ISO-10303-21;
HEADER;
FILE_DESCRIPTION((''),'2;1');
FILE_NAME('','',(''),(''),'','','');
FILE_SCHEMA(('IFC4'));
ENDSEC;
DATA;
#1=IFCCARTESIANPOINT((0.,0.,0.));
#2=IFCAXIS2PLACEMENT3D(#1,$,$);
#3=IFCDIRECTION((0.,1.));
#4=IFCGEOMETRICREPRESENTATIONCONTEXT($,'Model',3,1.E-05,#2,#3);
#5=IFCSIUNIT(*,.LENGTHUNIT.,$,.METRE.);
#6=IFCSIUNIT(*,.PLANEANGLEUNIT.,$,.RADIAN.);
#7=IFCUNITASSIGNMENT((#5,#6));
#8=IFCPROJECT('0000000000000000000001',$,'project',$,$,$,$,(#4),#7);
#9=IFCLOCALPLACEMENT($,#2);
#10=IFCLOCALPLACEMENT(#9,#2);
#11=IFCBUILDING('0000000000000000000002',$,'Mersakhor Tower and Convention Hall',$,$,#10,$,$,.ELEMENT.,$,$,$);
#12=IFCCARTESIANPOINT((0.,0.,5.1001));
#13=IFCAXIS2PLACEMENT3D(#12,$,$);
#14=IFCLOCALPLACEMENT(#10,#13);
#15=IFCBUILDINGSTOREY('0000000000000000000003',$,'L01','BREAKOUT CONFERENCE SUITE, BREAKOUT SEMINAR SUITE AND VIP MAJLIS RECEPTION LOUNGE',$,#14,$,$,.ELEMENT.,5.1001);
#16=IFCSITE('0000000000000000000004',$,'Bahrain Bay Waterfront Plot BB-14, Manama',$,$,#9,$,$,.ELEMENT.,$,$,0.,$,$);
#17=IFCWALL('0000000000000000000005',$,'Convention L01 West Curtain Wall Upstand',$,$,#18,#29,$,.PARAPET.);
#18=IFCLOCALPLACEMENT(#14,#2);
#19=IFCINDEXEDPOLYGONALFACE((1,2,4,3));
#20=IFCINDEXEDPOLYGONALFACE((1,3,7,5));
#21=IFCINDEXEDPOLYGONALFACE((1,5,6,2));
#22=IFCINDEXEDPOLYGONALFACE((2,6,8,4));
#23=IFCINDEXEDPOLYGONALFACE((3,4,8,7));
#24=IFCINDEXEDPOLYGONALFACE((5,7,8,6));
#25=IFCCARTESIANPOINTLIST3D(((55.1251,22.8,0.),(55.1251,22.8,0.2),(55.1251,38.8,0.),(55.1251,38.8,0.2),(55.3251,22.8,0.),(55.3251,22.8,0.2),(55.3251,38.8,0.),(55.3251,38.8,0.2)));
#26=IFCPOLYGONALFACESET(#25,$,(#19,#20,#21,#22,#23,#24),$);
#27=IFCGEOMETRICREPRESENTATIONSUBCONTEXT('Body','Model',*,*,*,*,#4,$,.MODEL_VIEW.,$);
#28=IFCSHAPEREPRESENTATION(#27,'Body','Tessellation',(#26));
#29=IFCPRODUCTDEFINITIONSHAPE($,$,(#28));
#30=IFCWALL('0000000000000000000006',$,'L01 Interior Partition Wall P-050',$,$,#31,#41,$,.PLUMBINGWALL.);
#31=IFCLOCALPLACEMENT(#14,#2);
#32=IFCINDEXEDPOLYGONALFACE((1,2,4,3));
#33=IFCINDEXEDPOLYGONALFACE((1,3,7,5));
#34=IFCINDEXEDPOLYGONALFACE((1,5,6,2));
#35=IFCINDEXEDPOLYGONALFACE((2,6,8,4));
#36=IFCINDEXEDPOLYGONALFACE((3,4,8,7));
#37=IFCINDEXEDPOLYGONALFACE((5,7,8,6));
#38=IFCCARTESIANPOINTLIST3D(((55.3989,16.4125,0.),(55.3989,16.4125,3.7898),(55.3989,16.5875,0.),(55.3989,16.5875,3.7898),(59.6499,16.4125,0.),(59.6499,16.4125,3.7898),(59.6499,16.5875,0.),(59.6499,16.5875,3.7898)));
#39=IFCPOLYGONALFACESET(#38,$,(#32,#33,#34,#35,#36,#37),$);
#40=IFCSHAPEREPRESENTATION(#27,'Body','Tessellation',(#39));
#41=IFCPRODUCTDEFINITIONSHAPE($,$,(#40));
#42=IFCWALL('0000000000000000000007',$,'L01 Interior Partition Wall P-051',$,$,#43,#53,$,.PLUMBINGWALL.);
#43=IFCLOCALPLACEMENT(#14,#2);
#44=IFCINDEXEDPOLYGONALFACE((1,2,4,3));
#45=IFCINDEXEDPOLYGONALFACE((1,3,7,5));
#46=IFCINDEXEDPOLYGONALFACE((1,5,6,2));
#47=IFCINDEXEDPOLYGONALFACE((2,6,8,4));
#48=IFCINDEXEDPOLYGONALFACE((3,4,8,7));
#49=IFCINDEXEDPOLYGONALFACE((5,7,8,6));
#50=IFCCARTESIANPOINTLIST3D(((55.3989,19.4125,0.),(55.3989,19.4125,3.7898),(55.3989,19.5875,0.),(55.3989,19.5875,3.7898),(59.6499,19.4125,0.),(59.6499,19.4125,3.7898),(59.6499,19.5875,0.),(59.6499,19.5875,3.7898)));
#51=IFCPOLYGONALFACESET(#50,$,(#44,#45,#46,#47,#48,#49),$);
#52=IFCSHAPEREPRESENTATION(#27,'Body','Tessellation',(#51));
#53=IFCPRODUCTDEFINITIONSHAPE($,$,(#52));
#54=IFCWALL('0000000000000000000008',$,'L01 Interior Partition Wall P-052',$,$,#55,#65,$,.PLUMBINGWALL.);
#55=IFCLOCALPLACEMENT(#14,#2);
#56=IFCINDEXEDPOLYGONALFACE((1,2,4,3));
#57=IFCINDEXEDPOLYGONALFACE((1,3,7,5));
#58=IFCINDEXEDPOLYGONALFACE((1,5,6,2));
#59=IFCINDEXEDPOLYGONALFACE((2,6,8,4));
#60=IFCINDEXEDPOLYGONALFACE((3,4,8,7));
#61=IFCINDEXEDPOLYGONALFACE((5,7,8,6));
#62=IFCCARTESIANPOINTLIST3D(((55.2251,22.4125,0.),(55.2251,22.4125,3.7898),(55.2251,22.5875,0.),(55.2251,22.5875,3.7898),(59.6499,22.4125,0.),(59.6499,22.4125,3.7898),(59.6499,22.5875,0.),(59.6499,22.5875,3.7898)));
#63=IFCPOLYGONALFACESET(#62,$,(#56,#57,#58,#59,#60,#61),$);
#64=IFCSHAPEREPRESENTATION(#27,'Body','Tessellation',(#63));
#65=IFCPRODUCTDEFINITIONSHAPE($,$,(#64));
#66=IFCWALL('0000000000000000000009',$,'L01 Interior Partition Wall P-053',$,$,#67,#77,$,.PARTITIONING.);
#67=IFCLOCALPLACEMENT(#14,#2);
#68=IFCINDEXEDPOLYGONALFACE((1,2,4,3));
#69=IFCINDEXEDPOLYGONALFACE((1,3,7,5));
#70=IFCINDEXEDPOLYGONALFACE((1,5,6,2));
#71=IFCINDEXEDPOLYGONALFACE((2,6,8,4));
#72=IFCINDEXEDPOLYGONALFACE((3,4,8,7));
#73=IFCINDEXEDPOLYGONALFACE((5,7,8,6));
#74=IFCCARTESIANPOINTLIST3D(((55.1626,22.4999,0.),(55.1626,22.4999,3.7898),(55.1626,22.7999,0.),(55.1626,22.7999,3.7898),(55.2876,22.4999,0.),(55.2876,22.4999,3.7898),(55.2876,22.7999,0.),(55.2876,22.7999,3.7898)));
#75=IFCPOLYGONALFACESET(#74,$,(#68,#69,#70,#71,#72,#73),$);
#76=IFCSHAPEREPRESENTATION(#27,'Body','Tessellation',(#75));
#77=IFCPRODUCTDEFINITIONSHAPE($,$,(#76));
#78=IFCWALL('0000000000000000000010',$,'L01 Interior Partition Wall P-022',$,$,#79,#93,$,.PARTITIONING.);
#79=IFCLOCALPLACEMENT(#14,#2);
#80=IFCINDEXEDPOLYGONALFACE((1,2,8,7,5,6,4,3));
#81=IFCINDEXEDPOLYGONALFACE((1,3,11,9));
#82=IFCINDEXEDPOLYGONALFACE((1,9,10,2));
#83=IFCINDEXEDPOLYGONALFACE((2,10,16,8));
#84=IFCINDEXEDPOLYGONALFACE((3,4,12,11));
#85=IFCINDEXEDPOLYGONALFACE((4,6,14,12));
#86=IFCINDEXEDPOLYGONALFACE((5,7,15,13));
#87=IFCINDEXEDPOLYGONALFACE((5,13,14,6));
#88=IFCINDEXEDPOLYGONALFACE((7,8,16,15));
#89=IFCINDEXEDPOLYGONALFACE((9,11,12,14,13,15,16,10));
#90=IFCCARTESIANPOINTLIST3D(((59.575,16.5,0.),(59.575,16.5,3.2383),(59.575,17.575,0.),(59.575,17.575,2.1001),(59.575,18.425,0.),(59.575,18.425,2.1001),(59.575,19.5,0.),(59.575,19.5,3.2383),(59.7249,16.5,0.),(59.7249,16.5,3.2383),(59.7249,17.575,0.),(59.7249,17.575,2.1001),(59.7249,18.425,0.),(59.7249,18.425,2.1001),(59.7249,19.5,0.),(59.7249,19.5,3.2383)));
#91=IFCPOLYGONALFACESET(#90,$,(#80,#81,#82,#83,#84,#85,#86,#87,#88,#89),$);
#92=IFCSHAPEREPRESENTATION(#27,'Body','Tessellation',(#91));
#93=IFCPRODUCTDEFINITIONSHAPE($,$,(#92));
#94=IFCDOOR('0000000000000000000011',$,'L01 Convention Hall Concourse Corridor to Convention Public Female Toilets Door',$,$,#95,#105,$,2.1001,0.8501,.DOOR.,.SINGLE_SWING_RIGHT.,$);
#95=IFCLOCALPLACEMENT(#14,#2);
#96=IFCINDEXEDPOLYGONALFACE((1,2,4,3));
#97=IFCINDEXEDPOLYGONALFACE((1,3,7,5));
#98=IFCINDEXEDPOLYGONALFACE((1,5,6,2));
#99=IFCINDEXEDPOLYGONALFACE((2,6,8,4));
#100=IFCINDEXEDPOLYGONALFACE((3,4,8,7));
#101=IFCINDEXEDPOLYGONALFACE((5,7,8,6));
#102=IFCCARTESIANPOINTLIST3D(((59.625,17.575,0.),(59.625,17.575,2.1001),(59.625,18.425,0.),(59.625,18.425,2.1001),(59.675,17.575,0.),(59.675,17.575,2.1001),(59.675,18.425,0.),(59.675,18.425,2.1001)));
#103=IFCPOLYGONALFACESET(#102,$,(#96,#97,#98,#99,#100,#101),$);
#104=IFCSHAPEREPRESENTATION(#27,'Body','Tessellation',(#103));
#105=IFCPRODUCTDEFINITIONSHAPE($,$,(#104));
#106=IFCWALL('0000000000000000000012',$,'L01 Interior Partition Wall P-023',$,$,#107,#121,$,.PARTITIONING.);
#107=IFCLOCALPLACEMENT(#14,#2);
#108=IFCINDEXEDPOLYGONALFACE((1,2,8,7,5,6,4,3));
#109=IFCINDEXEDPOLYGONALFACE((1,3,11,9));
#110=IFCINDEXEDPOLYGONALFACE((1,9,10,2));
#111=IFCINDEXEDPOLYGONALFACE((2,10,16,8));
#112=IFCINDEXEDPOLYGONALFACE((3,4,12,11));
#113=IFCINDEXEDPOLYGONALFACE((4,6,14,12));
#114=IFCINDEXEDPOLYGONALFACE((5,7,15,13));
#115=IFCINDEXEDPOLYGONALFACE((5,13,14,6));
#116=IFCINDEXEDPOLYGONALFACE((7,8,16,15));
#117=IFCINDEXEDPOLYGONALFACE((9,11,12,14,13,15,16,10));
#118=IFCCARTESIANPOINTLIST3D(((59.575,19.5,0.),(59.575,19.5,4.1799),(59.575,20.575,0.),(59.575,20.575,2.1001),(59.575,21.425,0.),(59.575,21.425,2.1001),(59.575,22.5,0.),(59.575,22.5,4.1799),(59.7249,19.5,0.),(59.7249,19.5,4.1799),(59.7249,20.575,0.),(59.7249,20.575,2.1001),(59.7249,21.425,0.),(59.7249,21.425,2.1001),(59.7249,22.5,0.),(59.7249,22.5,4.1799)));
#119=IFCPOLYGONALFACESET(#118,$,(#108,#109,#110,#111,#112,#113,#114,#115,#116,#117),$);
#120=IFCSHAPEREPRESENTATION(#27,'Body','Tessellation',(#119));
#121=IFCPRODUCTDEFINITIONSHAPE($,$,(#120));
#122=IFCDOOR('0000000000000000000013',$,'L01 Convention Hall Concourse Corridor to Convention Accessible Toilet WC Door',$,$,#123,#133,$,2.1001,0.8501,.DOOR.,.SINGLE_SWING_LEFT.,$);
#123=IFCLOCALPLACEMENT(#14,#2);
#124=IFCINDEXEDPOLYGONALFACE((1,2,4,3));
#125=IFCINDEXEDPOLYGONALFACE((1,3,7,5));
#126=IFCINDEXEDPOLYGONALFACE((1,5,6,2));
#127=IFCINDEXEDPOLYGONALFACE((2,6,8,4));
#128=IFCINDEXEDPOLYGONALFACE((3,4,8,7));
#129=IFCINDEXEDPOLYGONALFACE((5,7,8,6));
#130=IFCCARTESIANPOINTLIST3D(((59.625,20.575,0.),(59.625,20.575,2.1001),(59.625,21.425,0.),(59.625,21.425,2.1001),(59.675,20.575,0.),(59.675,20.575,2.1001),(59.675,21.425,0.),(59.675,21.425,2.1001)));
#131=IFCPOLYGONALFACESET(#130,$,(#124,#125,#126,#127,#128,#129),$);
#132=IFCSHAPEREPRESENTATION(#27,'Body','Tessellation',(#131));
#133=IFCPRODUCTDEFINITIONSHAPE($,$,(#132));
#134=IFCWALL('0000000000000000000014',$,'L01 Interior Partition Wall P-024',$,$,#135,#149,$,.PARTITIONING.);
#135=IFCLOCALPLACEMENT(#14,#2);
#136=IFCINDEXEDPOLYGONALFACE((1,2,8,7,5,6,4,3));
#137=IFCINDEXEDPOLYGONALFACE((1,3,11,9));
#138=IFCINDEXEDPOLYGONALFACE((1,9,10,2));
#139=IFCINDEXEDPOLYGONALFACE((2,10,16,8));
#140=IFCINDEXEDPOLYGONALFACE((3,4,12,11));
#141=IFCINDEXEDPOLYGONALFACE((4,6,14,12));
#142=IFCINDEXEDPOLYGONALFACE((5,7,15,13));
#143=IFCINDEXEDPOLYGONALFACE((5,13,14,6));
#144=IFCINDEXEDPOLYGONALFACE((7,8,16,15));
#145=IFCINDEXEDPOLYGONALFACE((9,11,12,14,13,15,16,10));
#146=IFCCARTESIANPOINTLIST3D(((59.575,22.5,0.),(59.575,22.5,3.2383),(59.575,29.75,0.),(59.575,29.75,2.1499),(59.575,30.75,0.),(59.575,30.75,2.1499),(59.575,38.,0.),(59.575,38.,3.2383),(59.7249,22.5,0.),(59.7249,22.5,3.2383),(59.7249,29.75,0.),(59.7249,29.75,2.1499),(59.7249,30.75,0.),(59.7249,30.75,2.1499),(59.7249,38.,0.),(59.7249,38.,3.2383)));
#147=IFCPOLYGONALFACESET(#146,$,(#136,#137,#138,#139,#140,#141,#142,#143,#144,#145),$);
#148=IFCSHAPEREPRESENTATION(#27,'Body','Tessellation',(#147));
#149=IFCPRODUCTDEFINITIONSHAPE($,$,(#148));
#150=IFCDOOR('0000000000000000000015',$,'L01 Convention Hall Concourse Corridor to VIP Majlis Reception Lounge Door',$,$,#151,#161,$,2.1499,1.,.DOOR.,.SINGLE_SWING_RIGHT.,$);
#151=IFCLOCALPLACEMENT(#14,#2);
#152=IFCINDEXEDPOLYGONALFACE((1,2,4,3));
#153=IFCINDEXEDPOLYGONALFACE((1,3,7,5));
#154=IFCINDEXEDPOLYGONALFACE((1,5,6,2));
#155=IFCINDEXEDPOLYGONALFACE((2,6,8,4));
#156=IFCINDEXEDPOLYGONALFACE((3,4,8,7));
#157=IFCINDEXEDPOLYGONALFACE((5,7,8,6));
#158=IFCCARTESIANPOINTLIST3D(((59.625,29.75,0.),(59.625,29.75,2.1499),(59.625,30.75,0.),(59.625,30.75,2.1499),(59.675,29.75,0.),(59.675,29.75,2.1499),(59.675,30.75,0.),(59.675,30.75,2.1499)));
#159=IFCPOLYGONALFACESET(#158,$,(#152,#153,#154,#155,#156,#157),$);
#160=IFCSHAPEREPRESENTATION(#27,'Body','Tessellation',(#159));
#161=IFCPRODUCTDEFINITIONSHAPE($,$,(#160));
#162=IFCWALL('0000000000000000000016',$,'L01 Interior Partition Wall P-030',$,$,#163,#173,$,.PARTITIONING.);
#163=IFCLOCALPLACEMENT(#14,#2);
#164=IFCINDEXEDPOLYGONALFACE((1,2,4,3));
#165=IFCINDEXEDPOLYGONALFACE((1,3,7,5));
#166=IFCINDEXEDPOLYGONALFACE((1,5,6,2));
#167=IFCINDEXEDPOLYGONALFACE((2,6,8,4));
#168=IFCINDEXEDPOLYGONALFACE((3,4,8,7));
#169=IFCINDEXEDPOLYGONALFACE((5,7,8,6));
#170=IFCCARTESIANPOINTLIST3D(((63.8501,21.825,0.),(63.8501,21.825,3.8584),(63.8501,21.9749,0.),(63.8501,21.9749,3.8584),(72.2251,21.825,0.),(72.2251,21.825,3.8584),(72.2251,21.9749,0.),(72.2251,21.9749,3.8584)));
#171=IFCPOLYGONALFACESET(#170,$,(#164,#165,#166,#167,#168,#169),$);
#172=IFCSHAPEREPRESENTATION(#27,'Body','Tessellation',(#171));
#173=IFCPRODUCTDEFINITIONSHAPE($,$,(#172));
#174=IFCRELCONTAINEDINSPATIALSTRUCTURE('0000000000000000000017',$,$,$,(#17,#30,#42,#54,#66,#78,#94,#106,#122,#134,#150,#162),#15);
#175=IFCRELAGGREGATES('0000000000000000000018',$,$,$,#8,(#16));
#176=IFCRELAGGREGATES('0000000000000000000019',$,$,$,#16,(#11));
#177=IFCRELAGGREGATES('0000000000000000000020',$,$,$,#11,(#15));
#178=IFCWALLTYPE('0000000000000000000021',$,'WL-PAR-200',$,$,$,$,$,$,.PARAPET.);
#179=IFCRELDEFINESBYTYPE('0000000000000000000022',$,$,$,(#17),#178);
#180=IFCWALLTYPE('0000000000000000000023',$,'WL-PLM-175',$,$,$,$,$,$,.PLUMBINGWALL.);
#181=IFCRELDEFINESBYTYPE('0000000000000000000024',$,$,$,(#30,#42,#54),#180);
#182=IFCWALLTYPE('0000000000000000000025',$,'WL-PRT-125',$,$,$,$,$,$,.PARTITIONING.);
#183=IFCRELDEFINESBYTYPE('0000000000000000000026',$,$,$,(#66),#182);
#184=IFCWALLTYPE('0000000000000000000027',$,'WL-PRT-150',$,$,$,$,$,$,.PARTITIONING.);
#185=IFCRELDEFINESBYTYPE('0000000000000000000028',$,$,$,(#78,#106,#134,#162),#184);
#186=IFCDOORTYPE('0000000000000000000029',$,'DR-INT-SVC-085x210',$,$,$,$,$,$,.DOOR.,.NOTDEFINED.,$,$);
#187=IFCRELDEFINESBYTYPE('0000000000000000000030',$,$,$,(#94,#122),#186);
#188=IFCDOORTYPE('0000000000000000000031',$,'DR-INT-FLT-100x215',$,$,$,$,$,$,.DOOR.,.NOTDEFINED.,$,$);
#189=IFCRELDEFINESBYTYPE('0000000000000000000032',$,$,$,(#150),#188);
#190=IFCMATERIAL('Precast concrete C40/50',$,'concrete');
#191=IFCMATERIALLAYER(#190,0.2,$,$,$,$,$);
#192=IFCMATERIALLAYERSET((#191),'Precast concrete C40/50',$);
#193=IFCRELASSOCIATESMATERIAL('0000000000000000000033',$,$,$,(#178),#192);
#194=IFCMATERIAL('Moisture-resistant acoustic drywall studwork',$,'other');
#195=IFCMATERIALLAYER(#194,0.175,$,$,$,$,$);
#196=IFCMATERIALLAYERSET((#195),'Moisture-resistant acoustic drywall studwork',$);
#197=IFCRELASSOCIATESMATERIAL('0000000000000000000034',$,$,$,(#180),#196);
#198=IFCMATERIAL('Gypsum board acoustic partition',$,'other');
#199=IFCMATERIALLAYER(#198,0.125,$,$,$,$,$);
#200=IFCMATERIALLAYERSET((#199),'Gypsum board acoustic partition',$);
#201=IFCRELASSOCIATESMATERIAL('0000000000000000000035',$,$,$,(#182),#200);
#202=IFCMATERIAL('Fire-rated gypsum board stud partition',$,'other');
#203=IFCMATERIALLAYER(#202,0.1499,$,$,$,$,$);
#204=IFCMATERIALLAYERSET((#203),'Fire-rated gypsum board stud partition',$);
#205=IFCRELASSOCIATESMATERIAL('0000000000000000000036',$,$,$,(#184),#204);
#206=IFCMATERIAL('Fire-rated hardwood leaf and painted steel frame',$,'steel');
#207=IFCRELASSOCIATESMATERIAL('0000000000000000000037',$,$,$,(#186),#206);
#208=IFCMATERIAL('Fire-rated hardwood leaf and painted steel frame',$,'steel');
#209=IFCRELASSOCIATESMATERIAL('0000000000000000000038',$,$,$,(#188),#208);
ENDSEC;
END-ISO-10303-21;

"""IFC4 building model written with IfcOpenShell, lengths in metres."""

from ifc_helpers import new_model, si_unit, direction, frame, frame_2d, origin, place, context, subcontext, project, spatial, rectangle, extrude, material, layer, layer_set, type_object, element, fill, save


model = new_model("IFC4")

# Units and contexts
model_context = context("Model", 3, precision=1e-05, world=origin(), true_north=direction((0.0, 1.0)))
body_context = subcontext(model_context, "Body", "Model", "MODEL_VIEW")
ifc_project = project(units=[si_unit("LENGTHUNIT", "METRE"), si_unit("PLANEANGLEUNIT", "RADIAN")], contexts=[model_context])

# Site, building, storey
site_placement = place(None, origin())
site = spatial("IfcSite", under=ifc_project, at=site_placement, Name="Bahrain Bay Waterfront Plot BB-14, Manama", CompositionType="ELEMENT", RefElevation=0.0)
building_placement = place(site_placement, origin())
building = spatial("IfcBuilding", under=site, at=building_placement, Name="Mersakhor Tower and Convention Hall", CompositionType="ELEMENT")
storey_placement = place(building_placement, frame((0.0, 0.0, 5.1001)))
storey = spatial("IfcBuildingStorey", under=building, at=storey_placement, Name="L01", Description="BREAKOUT CONFERENCE SUITE, BREAKOUT SEMINAR SUITE AND VIP MAJLIS RECEPTION LOUNGE", CompositionType="ELEMENT", Elevation=5.1001)

# Walls
ifc_material_1 = material(Name="Precast concrete C40/50", Category="concrete")
ifc_layer_1 = layer(ifc_material_1, 0.2)
ifc_layer_set_1 = layer_set([ifc_layer_1], Name="Precast concrete C40/50")
wall_type_1 = type_object("IfcWallType", Name="WL-PAR-200", PredefinedType="PARAPET", material=ifc_layer_set_1)
wall_1_placement = place(storey_placement, frame((55.2251, 22.8, 0.0), z_axis=(0.0, 0.0, 1.0), x_axis=(0.0, 1.0, 0.0)))
element("IfcWall", 1, at=wall_1_placement, inside=storey, type_object=wall_type_1, Name="Convention L01 West Curtain Wall Upstand", PredefinedType="PARAPET", context=body_context, shape_type="SweptSolid", body=[
    extrude(rectangle(XDim=16.0, YDim=0.2, at=frame_2d((8.0, 0.0))), origin(), (0.0, 0.0, 1.0), 0.2),
])
ifc_material_2 = material(Name="Moisture-resistant acoustic drywall studwork", Category="other")
ifc_layer_2 = layer(ifc_material_2, 0.175)
ifc_layer_set_2 = layer_set([ifc_layer_2], Name="Moisture-resistant acoustic drywall studwork")
wall_type_2 = type_object("IfcWallType", Name="WL-PLM-175", PredefinedType="PLUMBINGWALL", material=ifc_layer_set_2)
for number, where, z_axis, x_axis, name in (
    (2, (55.3989, 16.5, 0.0), (0.0, 0.0, 1.0), (1.0, 0.0, 0.0), "L01 Interior Partition Wall P-050"),
    (3, (55.3989, 19.5, 0.0), (0.0, 0.0, 1.0), (1.0, 0.0, 0.0), "L01 Interior Partition Wall P-051"),
):
    element("IfcWall", number, at=place(storey_placement, frame(where, z_axis=z_axis, x_axis=x_axis)), inside=storey, type_object=wall_type_2, Name=name, PredefinedType="PLUMBINGWALL", context=body_context, shape_type="SweptSolid", body=[
        extrude(rectangle(XDim=4.251, YDim=0.175, at=frame_2d((2.1255, 0.0))), origin(), (0.0, 0.0, 1.0), 3.7898),
    ])
wall_2_placement = place(storey_placement, frame((55.2251, 22.5, 0.0), z_axis=(0.0, 0.0, 1.0), x_axis=(1.0, 0.0, 0.0)))
element("IfcWall", 4, at=wall_2_placement, inside=storey, type_object=wall_type_2, Name="L01 Interior Partition Wall P-052", PredefinedType="PLUMBINGWALL", context=body_context, shape_type="SweptSolid", body=[
    extrude(rectangle(XDim=4.4248, YDim=0.175, at=frame_2d((2.2124, 0.0))), origin(), (0.0, 0.0, 1.0), 3.7898),
])
ifc_material_3 = material(Name="Gypsum board acoustic partition", Category="other")
ifc_layer_3 = layer(ifc_material_3, 0.125)
ifc_layer_set_3 = layer_set([ifc_layer_3], Name="Gypsum board acoustic partition")
wall_type_3 = type_object("IfcWallType", Name="WL-PRT-125", PredefinedType="PARTITIONING", material=ifc_layer_set_3)
wall_3_placement = place(storey_placement, frame((55.2251, 22.5, 0.0), z_axis=(0.0, 0.0, 1.0), x_axis=(0.0, 1.0, 0.0)))
element("IfcWall", 5, at=wall_3_placement, inside=storey, type_object=wall_type_3, Name="L01 Interior Partition Wall P-053", PredefinedType="PARTITIONING", context=body_context, shape_type="SweptSolid", body=[
    extrude(rectangle(XDim=0.3, YDim=0.125, at=frame_2d((0.1499, 0.0))), origin(), (0.0, 0.0, 1.0), 3.7898),
])

# Walls, openings, doors
ifc_material_4 = material(Name="Fire-rated gypsum board stud partition", Category="other")
ifc_layer_4 = layer(ifc_material_4, 0.1499)
ifc_layer_set_4 = layer_set([ifc_layer_4], Name="Fire-rated gypsum board stud partition")
wall_type_4 = type_object("IfcWallType", Name="WL-PRT-150", PredefinedType="PARTITIONING", material=ifc_layer_set_4)
wall_4_placement = place(storey_placement, frame((59.6499, 16.5, 0.0), z_axis=(0.0, 0.0, 1.0), x_axis=(0.0, 1.0, 0.0)))
wall_4 = element("IfcWall", 6, at=wall_4_placement, inside=storey, type_object=wall_type_4, Name="L01 Interior Partition Wall P-022", PredefinedType="PARTITIONING", context=body_context, shape_type="SweptSolid", body=[
    extrude(rectangle(XDim=3.0, YDim=0.1499, at=frame_2d((1.5, 0.0))), origin(), (0.0, 0.0, 1.0), 3.2383),
])
opening_1_placement = place(wall_4_placement, frame((1.075, 0.0, 0.0)))
opening_1 = element("IfcOpeningElement", 7, at=opening_1_placement, cuts=wall_4, PredefinedType="OPENING", context=body_context, shape_type="SweptSolid", body=[
    extrude(rectangle(XDim=0.8501, YDim=2.1001, at=frame_2d((0.425, 1.05))), frame((0.0, 0.085, 0.0), z_axis=(0.0, -1.0, 0.0), x_axis=(1.0, 0.0, 0.0)), (0.0, 0.0, 1.0), 0.1699),
])
ifc_material_5 = material(Name="Fire-rated hardwood leaf and painted steel frame", Category="steel")
door_type_1 = type_object("IfcDoorType", Name="DR-INT-SVC-085x210", OperationType="NOTDEFINED", PredefinedType="DOOR", material=ifc_material_5)
door_1_placement = place(opening_1_placement, origin())
door_1 = element("IfcDoor", 8, at=door_1_placement, inside=storey, type_object=door_type_1, Name="L01 Convention Hall Concourse Corridor to Convention Public Female Toilets Door", OperationType="SINGLE_SWING_RIGHT", OverallHeight=2.1001, OverallWidth=0.8501, PredefinedType="DOOR", context=body_context, shape_type="SweptSolid", body=[
    extrude(rectangle(XDim=0.8501, YDim=2.1001, at=frame_2d((0.425, 1.05))), frame((0.0, 0.0249, 0.0), z_axis=(0.0, -1.0, 0.0), x_axis=(1.0, 0.0, 0.0)), (0.0, 0.0, 1.0), 0.05),
])
fill(opening_1, door_1)
wall_5_placement = place(storey_placement, frame((59.6499, 19.5, 0.0), z_axis=(0.0, 0.0, 1.0), x_axis=(0.0, 1.0, 0.0)))
wall_5 = element("IfcWall", 9, at=wall_5_placement, inside=storey, type_object=wall_type_4, Name="L01 Interior Partition Wall P-023", PredefinedType="PARTITIONING", context=body_context, shape_type="SweptSolid", body=[
    extrude(rectangle(XDim=3.0, YDim=0.1499, at=frame_2d((1.5, 0.0))), origin(), (0.0, 0.0, 1.0), 4.1799),
])
opening_2_placement = place(wall_5_placement, frame((1.075, 0.0, 0.0)))
opening_2 = element("IfcOpeningElement", 10, at=opening_2_placement, cuts=wall_5, PredefinedType="OPENING", context=body_context, shape_type="SweptSolid", body=[
    extrude(rectangle(XDim=0.8501, YDim=2.1001, at=frame_2d((0.425, 1.05))), frame((0.0, 0.085, 0.0), z_axis=(0.0, -1.0, 0.0), x_axis=(1.0, 0.0, 0.0)), (0.0, 0.0, 1.0), 0.1699),
])
door_2_placement = place(opening_2_placement, origin())
door_2 = element("IfcDoor", 11, at=door_2_placement, inside=storey, type_object=door_type_1, Name="L01 Convention Hall Concourse Corridor to Convention Accessible Toilet WC Door", OperationType="SINGLE_SWING_LEFT", OverallHeight=2.1001, OverallWidth=0.8501, PredefinedType="DOOR", context=body_context, shape_type="SweptSolid", body=[
    extrude(rectangle(XDim=0.8501, YDim=2.1001, at=frame_2d((0.425, 1.05))), frame((0.0, 0.0249, 0.0), z_axis=(0.0, -1.0, 0.0), x_axis=(1.0, 0.0, 0.0)), (0.0, 0.0, 1.0), 0.05),
])
fill(opening_2, door_2)
wall_6_placement = place(storey_placement, frame((59.6499, 22.5, 0.0), z_axis=(0.0, 0.0, 1.0), x_axis=(0.0, 1.0, 0.0)))
wall_6 = element("IfcWall", 12, at=wall_6_placement, inside=storey, type_object=wall_type_4, Name="L01 Interior Partition Wall P-024", PredefinedType="PARTITIONING", context=body_context, shape_type="SweptSolid", body=[
    extrude(rectangle(XDim=15.5, YDim=0.1499, at=frame_2d((7.75, 0.0))), origin(), (0.0, 0.0, 1.0), 3.2383),
])
opening_3_placement = place(wall_6_placement, frame((7.25, 0.0, 0.0)))
opening_3 = element("IfcOpeningElement", 13, at=opening_3_placement, cuts=wall_6, PredefinedType="OPENING", context=body_context, shape_type="SweptSolid", body=[
    extrude(rectangle(XDim=1.0, YDim=2.1499, at=frame_2d((0.5, 1.075))), frame((0.0, 0.085, 0.0), z_axis=(0.0, -1.0, 0.0), x_axis=(1.0, 0.0, 0.0)), (0.0, 0.0, 1.0), 0.1699),
])
ifc_material_6 = material(Name="Fire-rated hardwood leaf and painted steel frame", Category="steel")
door_type_2 = type_object("IfcDoorType", Name="DR-INT-FLT-100x215", OperationType="NOTDEFINED", PredefinedType="DOOR", material=ifc_material_6)
door_3_placement = place(opening_3_placement, origin())
door_3 = element("IfcDoor", 14, at=door_3_placement, inside=storey, type_object=door_type_2, Name="L01 Convention Hall Concourse Corridor to VIP Majlis Reception Lounge Door", OperationType="SINGLE_SWING_RIGHT", OverallHeight=2.1499, OverallWidth=1.0, PredefinedType="DOOR", context=body_context, shape_type="SweptSolid", body=[
    extrude(rectangle(XDim=1.0, YDim=2.1499, at=frame_2d((0.5, 1.075))), frame((0.0, 0.0249, 0.0), z_axis=(0.0, -1.0, 0.0), x_axis=(1.0, 0.0, 0.0)), (0.0, 0.0, 1.0), 0.05),
])
fill(opening_3, door_3)

# Wall
wall_7_placement = place(storey_placement, frame((63.8501, 21.8999, 0.0), z_axis=(0.0, 0.0, 1.0), x_axis=(1.0, 0.0, 0.0)))
element("IfcWall", 15, at=wall_7_placement, inside=storey, type_object=wall_type_4, Name="L01 Interior Partition Wall P-030", PredefinedType="PARTITIONING", context=body_context, shape_type="SweptSolid", body=[
    extrude(rectangle(XDim=8.375, YDim=0.1499, at=frame_2d((4.1875, 0.0))), origin(), (0.0, 0.0, 1.0), 3.8584),
])

save(model, "model.ifc")
